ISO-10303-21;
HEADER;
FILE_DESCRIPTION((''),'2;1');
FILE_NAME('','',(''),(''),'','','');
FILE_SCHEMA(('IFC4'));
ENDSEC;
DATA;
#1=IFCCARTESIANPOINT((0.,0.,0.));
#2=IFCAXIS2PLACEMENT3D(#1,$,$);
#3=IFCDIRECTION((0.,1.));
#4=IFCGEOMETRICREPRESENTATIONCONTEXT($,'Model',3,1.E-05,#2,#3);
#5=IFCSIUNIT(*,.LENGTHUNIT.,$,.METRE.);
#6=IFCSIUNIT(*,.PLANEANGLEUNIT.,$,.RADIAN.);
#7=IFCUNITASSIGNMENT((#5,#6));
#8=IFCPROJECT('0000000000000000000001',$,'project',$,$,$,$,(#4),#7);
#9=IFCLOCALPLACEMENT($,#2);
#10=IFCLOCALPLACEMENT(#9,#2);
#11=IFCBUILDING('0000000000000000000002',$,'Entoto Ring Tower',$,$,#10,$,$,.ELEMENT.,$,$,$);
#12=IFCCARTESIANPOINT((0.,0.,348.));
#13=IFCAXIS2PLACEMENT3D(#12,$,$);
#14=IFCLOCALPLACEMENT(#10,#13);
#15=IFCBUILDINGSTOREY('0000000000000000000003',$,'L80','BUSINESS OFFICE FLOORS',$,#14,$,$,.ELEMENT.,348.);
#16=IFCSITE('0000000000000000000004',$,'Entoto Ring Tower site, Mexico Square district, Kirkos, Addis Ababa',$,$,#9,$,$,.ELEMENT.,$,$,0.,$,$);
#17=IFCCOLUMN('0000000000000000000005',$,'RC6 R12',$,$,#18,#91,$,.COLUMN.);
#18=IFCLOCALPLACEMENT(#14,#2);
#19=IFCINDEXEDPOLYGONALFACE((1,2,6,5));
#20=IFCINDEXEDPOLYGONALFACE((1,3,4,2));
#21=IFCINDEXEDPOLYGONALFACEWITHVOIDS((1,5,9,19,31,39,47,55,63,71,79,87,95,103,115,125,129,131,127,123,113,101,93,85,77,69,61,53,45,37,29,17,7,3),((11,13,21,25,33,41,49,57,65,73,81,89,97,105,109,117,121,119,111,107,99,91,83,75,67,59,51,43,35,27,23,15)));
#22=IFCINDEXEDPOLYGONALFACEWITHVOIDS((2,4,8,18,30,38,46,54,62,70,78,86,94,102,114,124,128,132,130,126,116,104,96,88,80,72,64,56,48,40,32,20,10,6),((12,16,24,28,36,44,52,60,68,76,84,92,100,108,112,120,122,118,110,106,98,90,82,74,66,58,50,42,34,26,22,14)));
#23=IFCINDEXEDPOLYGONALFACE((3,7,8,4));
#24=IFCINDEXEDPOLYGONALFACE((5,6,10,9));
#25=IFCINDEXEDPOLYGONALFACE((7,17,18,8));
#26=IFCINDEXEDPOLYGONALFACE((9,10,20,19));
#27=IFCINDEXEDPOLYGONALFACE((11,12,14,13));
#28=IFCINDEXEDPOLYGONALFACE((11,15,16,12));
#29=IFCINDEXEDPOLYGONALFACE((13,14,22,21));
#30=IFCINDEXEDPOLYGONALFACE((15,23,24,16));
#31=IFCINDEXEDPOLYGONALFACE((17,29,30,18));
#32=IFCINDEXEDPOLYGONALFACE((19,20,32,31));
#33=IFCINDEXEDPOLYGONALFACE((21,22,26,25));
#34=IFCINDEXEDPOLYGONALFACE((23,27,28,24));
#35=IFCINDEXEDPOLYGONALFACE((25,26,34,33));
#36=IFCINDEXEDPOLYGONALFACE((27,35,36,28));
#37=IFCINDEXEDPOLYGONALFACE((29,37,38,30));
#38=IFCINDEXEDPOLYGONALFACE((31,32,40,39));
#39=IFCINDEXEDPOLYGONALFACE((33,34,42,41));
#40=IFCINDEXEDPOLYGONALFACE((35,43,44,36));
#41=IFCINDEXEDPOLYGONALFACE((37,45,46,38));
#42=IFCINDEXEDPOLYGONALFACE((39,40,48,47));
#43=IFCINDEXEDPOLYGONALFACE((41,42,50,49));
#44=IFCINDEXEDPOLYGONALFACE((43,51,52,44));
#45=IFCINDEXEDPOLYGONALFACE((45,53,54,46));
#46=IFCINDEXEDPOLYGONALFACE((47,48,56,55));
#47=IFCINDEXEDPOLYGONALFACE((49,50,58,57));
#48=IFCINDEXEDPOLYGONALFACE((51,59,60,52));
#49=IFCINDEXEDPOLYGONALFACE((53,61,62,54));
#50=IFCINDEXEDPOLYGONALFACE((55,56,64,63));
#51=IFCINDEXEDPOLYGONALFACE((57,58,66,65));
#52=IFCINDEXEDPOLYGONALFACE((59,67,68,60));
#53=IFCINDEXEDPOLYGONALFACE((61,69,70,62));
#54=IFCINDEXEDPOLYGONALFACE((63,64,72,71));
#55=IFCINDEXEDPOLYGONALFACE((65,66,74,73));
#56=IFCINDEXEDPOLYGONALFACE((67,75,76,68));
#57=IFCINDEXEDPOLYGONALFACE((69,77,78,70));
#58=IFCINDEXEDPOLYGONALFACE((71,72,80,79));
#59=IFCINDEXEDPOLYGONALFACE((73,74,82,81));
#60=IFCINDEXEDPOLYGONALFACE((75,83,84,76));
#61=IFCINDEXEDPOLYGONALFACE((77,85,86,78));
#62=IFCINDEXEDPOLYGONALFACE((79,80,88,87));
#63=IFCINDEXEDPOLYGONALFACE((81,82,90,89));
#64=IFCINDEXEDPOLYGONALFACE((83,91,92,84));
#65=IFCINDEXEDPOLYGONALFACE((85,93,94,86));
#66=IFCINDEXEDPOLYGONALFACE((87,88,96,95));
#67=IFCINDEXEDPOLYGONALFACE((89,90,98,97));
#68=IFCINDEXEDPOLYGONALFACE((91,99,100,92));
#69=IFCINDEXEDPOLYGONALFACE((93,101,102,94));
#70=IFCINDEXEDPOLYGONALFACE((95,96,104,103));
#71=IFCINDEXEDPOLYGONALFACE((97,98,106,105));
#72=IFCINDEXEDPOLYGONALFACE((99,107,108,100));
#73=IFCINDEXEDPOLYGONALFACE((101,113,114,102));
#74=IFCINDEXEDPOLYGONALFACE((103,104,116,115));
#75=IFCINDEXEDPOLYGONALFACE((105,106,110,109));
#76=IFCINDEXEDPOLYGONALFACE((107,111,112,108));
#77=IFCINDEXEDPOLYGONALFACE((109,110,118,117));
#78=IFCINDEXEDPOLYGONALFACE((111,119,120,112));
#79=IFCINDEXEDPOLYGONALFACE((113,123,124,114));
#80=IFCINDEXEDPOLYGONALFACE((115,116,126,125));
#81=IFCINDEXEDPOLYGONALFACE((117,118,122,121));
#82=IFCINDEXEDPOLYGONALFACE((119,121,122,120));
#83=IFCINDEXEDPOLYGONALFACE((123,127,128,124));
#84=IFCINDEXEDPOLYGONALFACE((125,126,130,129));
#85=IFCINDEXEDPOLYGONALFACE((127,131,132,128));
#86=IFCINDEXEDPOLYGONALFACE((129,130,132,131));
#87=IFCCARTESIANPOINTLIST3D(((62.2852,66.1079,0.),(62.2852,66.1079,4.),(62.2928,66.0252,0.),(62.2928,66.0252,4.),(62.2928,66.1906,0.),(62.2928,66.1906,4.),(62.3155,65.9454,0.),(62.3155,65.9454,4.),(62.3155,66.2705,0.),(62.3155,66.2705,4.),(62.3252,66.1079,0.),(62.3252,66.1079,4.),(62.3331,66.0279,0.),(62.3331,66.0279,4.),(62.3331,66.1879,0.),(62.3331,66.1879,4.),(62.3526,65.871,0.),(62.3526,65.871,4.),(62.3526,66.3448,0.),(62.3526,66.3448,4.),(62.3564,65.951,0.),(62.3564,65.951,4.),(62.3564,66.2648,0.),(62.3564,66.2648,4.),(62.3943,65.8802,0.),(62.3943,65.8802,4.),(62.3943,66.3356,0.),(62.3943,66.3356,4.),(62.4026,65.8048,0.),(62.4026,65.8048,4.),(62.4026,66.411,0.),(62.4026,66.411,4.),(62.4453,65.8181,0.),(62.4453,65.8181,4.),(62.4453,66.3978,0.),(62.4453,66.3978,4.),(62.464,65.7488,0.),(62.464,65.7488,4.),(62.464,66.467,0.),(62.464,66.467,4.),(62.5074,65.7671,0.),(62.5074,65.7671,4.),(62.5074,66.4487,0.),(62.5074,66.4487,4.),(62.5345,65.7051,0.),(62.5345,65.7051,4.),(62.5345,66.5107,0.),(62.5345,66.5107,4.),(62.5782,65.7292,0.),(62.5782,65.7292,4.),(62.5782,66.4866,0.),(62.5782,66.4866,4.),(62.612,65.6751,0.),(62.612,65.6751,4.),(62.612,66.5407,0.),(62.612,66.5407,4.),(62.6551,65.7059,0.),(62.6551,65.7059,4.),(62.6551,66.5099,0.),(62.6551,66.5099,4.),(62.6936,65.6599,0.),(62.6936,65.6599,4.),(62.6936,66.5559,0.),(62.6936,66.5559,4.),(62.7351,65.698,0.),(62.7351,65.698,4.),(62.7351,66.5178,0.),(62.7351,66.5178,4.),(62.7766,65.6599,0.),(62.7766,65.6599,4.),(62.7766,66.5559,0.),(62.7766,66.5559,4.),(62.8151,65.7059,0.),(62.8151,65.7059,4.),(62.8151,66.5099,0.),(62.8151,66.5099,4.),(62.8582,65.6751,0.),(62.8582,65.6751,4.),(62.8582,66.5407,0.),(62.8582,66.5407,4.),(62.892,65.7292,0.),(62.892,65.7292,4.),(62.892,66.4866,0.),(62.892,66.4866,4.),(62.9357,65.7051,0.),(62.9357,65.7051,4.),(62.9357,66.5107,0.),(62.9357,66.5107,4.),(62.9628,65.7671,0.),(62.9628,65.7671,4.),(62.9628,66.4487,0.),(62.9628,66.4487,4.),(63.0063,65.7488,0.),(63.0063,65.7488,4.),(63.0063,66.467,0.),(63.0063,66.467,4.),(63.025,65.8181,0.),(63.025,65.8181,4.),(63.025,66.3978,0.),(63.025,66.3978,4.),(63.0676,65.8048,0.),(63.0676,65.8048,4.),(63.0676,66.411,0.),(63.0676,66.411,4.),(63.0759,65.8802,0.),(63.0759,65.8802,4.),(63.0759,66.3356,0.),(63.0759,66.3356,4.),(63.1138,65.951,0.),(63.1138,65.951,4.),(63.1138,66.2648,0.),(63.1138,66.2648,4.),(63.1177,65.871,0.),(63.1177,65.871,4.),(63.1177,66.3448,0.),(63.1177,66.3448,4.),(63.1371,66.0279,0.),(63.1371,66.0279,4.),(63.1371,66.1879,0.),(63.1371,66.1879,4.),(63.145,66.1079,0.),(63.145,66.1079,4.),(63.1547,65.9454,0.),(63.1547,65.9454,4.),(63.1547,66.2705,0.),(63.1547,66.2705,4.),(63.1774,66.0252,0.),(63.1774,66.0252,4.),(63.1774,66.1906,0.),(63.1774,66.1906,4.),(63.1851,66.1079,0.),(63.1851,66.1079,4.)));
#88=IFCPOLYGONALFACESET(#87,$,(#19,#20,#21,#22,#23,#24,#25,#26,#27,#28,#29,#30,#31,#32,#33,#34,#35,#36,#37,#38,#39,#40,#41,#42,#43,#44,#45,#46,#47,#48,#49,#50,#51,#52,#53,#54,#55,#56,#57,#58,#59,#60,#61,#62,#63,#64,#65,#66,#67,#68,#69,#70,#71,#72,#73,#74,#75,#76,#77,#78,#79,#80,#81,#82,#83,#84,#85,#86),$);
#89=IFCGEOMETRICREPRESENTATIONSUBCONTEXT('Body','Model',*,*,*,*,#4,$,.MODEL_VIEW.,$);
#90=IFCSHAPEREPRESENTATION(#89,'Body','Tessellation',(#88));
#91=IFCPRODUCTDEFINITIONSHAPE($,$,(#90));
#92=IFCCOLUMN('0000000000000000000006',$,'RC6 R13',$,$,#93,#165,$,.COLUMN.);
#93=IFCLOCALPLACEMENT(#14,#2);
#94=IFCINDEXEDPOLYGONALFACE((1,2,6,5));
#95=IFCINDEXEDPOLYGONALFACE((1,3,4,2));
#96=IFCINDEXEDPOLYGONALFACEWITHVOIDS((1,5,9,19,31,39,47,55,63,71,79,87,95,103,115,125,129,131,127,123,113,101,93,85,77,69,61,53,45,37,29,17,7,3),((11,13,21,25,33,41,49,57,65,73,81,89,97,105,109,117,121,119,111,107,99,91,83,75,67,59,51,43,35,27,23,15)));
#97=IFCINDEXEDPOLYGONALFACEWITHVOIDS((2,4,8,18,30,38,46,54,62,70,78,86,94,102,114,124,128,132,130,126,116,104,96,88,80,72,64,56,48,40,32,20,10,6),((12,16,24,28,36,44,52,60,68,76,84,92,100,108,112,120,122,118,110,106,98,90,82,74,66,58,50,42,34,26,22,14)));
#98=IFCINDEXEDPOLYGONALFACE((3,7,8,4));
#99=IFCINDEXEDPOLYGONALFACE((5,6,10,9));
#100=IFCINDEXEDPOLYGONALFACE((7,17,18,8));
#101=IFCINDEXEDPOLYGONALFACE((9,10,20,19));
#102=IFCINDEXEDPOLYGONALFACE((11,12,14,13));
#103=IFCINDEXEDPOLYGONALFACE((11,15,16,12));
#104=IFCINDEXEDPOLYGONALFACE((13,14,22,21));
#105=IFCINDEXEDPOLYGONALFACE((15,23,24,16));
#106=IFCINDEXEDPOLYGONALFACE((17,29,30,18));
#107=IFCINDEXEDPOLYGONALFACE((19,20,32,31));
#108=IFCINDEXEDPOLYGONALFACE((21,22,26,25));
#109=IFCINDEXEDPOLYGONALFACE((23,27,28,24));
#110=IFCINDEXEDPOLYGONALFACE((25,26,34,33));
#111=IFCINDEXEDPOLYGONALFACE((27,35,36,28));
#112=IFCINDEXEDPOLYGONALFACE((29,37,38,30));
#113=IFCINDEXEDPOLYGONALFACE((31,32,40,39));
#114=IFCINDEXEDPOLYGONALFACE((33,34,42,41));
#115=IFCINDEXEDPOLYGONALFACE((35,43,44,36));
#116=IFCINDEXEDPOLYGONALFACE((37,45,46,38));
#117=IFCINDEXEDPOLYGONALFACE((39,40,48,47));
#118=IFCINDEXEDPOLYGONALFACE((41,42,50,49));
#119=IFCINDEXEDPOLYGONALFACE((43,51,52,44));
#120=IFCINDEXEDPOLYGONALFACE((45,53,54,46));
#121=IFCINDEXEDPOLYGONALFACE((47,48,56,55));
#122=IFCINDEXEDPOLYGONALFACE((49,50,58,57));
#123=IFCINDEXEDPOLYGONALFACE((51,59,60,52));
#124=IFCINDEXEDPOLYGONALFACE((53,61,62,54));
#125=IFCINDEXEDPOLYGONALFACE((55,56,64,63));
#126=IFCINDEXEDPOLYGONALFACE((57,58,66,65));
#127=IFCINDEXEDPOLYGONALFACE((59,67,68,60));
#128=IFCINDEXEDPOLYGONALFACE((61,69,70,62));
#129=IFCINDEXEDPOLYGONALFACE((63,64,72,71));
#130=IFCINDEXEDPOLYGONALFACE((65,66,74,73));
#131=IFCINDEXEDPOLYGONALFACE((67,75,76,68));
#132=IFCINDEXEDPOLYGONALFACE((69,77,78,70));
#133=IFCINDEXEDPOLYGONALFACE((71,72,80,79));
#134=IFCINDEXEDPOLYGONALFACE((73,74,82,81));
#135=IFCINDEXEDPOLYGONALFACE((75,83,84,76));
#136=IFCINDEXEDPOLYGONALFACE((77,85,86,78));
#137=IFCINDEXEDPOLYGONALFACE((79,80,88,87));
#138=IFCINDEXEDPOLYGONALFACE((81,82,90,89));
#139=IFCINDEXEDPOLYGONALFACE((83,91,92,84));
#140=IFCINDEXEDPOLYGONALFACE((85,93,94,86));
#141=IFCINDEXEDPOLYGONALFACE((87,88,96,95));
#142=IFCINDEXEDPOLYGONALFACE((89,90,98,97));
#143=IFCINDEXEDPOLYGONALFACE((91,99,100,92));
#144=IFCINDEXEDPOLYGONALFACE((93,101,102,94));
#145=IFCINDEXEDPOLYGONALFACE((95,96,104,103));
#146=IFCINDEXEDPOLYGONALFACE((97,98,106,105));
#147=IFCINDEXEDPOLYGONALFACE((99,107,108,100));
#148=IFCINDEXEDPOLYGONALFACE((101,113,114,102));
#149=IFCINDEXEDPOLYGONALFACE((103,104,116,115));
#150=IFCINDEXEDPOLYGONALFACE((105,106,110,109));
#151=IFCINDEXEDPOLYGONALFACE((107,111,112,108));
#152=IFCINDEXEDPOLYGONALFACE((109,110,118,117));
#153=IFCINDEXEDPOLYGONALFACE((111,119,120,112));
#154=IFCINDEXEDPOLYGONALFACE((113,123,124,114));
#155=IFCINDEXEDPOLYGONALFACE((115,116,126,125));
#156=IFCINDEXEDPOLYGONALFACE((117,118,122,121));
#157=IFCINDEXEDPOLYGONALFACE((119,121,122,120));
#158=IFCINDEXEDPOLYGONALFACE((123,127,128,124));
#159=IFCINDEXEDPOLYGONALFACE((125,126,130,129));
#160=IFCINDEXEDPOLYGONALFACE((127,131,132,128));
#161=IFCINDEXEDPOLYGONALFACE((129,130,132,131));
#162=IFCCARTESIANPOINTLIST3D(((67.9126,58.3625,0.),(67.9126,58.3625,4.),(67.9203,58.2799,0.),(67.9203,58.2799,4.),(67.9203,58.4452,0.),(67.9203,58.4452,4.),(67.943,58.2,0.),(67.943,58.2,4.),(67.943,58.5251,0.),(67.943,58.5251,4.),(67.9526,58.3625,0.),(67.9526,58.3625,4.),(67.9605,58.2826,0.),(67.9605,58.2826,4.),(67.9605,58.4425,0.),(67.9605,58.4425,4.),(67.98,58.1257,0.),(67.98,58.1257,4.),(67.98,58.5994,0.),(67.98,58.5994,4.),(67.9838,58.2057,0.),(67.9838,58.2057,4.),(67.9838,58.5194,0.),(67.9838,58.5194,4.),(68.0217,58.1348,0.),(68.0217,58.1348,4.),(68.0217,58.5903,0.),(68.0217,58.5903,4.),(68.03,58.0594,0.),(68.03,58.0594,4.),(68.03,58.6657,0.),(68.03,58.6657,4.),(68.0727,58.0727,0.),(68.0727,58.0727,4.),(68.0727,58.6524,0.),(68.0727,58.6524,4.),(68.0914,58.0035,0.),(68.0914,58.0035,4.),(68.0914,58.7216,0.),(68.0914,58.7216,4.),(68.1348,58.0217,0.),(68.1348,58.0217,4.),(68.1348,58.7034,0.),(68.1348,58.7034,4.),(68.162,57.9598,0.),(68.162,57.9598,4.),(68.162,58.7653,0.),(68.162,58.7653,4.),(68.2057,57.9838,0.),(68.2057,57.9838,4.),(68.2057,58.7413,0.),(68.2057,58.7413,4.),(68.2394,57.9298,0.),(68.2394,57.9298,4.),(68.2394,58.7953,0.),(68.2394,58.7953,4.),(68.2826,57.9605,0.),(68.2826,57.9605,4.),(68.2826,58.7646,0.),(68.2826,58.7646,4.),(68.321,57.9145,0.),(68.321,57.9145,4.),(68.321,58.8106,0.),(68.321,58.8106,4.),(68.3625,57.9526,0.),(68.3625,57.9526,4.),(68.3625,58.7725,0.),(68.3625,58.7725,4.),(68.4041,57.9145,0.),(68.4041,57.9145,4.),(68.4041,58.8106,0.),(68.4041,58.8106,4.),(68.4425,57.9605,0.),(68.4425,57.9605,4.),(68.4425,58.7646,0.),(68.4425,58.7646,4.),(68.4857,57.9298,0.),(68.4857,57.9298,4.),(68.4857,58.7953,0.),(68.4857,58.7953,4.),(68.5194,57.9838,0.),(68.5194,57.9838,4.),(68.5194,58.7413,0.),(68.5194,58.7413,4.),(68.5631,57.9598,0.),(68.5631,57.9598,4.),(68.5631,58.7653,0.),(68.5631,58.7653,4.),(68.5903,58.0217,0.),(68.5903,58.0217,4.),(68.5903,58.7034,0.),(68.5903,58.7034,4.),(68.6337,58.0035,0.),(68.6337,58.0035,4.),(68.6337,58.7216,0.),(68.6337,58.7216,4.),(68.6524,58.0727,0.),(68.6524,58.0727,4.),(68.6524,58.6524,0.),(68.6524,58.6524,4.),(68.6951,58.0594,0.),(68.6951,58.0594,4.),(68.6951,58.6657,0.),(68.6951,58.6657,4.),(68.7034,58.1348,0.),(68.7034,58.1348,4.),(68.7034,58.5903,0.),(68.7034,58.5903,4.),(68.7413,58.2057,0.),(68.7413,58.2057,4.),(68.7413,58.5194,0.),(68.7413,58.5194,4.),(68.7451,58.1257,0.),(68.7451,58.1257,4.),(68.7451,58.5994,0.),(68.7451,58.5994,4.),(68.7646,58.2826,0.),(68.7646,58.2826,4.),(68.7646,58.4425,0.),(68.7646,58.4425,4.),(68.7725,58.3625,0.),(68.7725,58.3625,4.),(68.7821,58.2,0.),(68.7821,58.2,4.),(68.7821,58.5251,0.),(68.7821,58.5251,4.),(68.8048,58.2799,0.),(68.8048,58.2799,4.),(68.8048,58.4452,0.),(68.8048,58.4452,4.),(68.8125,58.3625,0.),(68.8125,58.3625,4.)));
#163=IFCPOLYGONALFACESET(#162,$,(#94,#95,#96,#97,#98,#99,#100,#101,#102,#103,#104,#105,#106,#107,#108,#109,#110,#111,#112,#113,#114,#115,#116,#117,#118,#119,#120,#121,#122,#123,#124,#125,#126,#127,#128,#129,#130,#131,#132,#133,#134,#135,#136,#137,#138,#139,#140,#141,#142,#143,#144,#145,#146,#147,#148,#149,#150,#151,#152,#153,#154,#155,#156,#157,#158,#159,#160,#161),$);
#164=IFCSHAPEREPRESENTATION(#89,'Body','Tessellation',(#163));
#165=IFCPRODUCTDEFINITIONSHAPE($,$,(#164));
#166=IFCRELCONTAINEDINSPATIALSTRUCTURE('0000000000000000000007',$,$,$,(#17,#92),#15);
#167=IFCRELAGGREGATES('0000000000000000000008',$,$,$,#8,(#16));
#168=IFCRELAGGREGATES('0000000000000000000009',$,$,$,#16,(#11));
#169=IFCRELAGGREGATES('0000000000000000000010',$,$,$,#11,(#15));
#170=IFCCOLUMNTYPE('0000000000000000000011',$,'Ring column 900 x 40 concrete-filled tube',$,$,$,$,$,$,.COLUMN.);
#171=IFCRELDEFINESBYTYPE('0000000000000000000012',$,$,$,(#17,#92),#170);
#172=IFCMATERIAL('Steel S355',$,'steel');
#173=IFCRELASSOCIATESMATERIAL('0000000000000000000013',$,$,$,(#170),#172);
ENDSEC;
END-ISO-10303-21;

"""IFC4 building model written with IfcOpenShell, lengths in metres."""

from ifc_helpers import new_model, si_unit, direction, frame, origin, origin_2d, place, context, subcontext, project, spatial, circle, hollow_circle, extrude, material, material_profile, profile_set, type_object, element, save


model = new_model("IFC4")

# Units and contexts
model_context = context("Model", 3, precision=1e-05, world=origin(), true_north=direction((0.0, 1.0)))
body_context = subcontext(model_context, "Body", "Model", "MODEL_VIEW")
ifc_project = project(units=[si_unit("LENGTHUNIT", "METRE"), si_unit("PLANEANGLEUNIT", "RADIAN")], contexts=[model_context])

# Site, building, storey
site_placement = place(None, origin())
site = spatial("IfcSite", under=ifc_project, at=site_placement, Name="Entoto Ring Tower site, Mexico Square district, Kirkos, Addis Ababa", CompositionType="ELEMENT", RefElevation=0.0)
building_placement = place(site_placement, origin())
building = spatial("IfcBuilding", under=site, at=building_placement, Name="Entoto Ring Tower", CompositionType="ELEMENT")
storey_placement = place(building_placement, frame((0.0, 0.0, 348.0)))
storey = spatial("IfcBuildingStorey", under=building, at=storey_placement, Name="L80", Description="BUSINESS OFFICE FLOORS", CompositionType="ELEMENT", Elevation=348.0)

# Columns
ifc_material_1 = material(Name="Steel S355", Category="steel")
ifc_material_profile_1 = material_profile(ifc_material_1, hollow_circle(Radius=0.45, WallThickness=0.04, at=origin_2d()), Name="CHS 900 x 40")
ifc_material_2 = material(Name="Concrete C60/75", Category="concrete")
ifc_material_profile_2 = material_profile(ifc_material_2, circle(Radius=0.4099, at=origin_2d()), Name="Concrete C60/75 infill")
ifc_profile_set_1 = profile_set([ifc_material_profile_1, ifc_material_profile_2], Name="Steel S355")
column_type = type_object("IfcColumnType", Name="Ring column 900 x 40 concrete-filled tube", PredefinedType="COLUMN", material=ifc_profile_set_1)
for number, where, z_axis, x_axis, name in (
    (1, (62.7351, 66.1079, 0.0), (0.0, 0.0, 1.0), (1.0, 0.0, 0.0), "RC6 R12"),
    (2, (68.3625, 58.3625, 0.0), (0.0, 0.0, 1.0), (1.0, 0.0, 0.0), "RC6 R13"),
):
    element("IfcColumn", number, at=place(storey_placement, frame(where, z_axis=z_axis, x_axis=x_axis)), inside=storey, type_object=column_type, Name=name, PredefinedType="COLUMN", context=body_context, shape_type="SweptSolid", body=[
        extrude(hollow_circle(Radius=0.45, WallThickness=0.04, at=origin_2d()), origin(), (0.0, 0.0, 1.0), 4.0),
    ])

save(model, "model.ifc")
